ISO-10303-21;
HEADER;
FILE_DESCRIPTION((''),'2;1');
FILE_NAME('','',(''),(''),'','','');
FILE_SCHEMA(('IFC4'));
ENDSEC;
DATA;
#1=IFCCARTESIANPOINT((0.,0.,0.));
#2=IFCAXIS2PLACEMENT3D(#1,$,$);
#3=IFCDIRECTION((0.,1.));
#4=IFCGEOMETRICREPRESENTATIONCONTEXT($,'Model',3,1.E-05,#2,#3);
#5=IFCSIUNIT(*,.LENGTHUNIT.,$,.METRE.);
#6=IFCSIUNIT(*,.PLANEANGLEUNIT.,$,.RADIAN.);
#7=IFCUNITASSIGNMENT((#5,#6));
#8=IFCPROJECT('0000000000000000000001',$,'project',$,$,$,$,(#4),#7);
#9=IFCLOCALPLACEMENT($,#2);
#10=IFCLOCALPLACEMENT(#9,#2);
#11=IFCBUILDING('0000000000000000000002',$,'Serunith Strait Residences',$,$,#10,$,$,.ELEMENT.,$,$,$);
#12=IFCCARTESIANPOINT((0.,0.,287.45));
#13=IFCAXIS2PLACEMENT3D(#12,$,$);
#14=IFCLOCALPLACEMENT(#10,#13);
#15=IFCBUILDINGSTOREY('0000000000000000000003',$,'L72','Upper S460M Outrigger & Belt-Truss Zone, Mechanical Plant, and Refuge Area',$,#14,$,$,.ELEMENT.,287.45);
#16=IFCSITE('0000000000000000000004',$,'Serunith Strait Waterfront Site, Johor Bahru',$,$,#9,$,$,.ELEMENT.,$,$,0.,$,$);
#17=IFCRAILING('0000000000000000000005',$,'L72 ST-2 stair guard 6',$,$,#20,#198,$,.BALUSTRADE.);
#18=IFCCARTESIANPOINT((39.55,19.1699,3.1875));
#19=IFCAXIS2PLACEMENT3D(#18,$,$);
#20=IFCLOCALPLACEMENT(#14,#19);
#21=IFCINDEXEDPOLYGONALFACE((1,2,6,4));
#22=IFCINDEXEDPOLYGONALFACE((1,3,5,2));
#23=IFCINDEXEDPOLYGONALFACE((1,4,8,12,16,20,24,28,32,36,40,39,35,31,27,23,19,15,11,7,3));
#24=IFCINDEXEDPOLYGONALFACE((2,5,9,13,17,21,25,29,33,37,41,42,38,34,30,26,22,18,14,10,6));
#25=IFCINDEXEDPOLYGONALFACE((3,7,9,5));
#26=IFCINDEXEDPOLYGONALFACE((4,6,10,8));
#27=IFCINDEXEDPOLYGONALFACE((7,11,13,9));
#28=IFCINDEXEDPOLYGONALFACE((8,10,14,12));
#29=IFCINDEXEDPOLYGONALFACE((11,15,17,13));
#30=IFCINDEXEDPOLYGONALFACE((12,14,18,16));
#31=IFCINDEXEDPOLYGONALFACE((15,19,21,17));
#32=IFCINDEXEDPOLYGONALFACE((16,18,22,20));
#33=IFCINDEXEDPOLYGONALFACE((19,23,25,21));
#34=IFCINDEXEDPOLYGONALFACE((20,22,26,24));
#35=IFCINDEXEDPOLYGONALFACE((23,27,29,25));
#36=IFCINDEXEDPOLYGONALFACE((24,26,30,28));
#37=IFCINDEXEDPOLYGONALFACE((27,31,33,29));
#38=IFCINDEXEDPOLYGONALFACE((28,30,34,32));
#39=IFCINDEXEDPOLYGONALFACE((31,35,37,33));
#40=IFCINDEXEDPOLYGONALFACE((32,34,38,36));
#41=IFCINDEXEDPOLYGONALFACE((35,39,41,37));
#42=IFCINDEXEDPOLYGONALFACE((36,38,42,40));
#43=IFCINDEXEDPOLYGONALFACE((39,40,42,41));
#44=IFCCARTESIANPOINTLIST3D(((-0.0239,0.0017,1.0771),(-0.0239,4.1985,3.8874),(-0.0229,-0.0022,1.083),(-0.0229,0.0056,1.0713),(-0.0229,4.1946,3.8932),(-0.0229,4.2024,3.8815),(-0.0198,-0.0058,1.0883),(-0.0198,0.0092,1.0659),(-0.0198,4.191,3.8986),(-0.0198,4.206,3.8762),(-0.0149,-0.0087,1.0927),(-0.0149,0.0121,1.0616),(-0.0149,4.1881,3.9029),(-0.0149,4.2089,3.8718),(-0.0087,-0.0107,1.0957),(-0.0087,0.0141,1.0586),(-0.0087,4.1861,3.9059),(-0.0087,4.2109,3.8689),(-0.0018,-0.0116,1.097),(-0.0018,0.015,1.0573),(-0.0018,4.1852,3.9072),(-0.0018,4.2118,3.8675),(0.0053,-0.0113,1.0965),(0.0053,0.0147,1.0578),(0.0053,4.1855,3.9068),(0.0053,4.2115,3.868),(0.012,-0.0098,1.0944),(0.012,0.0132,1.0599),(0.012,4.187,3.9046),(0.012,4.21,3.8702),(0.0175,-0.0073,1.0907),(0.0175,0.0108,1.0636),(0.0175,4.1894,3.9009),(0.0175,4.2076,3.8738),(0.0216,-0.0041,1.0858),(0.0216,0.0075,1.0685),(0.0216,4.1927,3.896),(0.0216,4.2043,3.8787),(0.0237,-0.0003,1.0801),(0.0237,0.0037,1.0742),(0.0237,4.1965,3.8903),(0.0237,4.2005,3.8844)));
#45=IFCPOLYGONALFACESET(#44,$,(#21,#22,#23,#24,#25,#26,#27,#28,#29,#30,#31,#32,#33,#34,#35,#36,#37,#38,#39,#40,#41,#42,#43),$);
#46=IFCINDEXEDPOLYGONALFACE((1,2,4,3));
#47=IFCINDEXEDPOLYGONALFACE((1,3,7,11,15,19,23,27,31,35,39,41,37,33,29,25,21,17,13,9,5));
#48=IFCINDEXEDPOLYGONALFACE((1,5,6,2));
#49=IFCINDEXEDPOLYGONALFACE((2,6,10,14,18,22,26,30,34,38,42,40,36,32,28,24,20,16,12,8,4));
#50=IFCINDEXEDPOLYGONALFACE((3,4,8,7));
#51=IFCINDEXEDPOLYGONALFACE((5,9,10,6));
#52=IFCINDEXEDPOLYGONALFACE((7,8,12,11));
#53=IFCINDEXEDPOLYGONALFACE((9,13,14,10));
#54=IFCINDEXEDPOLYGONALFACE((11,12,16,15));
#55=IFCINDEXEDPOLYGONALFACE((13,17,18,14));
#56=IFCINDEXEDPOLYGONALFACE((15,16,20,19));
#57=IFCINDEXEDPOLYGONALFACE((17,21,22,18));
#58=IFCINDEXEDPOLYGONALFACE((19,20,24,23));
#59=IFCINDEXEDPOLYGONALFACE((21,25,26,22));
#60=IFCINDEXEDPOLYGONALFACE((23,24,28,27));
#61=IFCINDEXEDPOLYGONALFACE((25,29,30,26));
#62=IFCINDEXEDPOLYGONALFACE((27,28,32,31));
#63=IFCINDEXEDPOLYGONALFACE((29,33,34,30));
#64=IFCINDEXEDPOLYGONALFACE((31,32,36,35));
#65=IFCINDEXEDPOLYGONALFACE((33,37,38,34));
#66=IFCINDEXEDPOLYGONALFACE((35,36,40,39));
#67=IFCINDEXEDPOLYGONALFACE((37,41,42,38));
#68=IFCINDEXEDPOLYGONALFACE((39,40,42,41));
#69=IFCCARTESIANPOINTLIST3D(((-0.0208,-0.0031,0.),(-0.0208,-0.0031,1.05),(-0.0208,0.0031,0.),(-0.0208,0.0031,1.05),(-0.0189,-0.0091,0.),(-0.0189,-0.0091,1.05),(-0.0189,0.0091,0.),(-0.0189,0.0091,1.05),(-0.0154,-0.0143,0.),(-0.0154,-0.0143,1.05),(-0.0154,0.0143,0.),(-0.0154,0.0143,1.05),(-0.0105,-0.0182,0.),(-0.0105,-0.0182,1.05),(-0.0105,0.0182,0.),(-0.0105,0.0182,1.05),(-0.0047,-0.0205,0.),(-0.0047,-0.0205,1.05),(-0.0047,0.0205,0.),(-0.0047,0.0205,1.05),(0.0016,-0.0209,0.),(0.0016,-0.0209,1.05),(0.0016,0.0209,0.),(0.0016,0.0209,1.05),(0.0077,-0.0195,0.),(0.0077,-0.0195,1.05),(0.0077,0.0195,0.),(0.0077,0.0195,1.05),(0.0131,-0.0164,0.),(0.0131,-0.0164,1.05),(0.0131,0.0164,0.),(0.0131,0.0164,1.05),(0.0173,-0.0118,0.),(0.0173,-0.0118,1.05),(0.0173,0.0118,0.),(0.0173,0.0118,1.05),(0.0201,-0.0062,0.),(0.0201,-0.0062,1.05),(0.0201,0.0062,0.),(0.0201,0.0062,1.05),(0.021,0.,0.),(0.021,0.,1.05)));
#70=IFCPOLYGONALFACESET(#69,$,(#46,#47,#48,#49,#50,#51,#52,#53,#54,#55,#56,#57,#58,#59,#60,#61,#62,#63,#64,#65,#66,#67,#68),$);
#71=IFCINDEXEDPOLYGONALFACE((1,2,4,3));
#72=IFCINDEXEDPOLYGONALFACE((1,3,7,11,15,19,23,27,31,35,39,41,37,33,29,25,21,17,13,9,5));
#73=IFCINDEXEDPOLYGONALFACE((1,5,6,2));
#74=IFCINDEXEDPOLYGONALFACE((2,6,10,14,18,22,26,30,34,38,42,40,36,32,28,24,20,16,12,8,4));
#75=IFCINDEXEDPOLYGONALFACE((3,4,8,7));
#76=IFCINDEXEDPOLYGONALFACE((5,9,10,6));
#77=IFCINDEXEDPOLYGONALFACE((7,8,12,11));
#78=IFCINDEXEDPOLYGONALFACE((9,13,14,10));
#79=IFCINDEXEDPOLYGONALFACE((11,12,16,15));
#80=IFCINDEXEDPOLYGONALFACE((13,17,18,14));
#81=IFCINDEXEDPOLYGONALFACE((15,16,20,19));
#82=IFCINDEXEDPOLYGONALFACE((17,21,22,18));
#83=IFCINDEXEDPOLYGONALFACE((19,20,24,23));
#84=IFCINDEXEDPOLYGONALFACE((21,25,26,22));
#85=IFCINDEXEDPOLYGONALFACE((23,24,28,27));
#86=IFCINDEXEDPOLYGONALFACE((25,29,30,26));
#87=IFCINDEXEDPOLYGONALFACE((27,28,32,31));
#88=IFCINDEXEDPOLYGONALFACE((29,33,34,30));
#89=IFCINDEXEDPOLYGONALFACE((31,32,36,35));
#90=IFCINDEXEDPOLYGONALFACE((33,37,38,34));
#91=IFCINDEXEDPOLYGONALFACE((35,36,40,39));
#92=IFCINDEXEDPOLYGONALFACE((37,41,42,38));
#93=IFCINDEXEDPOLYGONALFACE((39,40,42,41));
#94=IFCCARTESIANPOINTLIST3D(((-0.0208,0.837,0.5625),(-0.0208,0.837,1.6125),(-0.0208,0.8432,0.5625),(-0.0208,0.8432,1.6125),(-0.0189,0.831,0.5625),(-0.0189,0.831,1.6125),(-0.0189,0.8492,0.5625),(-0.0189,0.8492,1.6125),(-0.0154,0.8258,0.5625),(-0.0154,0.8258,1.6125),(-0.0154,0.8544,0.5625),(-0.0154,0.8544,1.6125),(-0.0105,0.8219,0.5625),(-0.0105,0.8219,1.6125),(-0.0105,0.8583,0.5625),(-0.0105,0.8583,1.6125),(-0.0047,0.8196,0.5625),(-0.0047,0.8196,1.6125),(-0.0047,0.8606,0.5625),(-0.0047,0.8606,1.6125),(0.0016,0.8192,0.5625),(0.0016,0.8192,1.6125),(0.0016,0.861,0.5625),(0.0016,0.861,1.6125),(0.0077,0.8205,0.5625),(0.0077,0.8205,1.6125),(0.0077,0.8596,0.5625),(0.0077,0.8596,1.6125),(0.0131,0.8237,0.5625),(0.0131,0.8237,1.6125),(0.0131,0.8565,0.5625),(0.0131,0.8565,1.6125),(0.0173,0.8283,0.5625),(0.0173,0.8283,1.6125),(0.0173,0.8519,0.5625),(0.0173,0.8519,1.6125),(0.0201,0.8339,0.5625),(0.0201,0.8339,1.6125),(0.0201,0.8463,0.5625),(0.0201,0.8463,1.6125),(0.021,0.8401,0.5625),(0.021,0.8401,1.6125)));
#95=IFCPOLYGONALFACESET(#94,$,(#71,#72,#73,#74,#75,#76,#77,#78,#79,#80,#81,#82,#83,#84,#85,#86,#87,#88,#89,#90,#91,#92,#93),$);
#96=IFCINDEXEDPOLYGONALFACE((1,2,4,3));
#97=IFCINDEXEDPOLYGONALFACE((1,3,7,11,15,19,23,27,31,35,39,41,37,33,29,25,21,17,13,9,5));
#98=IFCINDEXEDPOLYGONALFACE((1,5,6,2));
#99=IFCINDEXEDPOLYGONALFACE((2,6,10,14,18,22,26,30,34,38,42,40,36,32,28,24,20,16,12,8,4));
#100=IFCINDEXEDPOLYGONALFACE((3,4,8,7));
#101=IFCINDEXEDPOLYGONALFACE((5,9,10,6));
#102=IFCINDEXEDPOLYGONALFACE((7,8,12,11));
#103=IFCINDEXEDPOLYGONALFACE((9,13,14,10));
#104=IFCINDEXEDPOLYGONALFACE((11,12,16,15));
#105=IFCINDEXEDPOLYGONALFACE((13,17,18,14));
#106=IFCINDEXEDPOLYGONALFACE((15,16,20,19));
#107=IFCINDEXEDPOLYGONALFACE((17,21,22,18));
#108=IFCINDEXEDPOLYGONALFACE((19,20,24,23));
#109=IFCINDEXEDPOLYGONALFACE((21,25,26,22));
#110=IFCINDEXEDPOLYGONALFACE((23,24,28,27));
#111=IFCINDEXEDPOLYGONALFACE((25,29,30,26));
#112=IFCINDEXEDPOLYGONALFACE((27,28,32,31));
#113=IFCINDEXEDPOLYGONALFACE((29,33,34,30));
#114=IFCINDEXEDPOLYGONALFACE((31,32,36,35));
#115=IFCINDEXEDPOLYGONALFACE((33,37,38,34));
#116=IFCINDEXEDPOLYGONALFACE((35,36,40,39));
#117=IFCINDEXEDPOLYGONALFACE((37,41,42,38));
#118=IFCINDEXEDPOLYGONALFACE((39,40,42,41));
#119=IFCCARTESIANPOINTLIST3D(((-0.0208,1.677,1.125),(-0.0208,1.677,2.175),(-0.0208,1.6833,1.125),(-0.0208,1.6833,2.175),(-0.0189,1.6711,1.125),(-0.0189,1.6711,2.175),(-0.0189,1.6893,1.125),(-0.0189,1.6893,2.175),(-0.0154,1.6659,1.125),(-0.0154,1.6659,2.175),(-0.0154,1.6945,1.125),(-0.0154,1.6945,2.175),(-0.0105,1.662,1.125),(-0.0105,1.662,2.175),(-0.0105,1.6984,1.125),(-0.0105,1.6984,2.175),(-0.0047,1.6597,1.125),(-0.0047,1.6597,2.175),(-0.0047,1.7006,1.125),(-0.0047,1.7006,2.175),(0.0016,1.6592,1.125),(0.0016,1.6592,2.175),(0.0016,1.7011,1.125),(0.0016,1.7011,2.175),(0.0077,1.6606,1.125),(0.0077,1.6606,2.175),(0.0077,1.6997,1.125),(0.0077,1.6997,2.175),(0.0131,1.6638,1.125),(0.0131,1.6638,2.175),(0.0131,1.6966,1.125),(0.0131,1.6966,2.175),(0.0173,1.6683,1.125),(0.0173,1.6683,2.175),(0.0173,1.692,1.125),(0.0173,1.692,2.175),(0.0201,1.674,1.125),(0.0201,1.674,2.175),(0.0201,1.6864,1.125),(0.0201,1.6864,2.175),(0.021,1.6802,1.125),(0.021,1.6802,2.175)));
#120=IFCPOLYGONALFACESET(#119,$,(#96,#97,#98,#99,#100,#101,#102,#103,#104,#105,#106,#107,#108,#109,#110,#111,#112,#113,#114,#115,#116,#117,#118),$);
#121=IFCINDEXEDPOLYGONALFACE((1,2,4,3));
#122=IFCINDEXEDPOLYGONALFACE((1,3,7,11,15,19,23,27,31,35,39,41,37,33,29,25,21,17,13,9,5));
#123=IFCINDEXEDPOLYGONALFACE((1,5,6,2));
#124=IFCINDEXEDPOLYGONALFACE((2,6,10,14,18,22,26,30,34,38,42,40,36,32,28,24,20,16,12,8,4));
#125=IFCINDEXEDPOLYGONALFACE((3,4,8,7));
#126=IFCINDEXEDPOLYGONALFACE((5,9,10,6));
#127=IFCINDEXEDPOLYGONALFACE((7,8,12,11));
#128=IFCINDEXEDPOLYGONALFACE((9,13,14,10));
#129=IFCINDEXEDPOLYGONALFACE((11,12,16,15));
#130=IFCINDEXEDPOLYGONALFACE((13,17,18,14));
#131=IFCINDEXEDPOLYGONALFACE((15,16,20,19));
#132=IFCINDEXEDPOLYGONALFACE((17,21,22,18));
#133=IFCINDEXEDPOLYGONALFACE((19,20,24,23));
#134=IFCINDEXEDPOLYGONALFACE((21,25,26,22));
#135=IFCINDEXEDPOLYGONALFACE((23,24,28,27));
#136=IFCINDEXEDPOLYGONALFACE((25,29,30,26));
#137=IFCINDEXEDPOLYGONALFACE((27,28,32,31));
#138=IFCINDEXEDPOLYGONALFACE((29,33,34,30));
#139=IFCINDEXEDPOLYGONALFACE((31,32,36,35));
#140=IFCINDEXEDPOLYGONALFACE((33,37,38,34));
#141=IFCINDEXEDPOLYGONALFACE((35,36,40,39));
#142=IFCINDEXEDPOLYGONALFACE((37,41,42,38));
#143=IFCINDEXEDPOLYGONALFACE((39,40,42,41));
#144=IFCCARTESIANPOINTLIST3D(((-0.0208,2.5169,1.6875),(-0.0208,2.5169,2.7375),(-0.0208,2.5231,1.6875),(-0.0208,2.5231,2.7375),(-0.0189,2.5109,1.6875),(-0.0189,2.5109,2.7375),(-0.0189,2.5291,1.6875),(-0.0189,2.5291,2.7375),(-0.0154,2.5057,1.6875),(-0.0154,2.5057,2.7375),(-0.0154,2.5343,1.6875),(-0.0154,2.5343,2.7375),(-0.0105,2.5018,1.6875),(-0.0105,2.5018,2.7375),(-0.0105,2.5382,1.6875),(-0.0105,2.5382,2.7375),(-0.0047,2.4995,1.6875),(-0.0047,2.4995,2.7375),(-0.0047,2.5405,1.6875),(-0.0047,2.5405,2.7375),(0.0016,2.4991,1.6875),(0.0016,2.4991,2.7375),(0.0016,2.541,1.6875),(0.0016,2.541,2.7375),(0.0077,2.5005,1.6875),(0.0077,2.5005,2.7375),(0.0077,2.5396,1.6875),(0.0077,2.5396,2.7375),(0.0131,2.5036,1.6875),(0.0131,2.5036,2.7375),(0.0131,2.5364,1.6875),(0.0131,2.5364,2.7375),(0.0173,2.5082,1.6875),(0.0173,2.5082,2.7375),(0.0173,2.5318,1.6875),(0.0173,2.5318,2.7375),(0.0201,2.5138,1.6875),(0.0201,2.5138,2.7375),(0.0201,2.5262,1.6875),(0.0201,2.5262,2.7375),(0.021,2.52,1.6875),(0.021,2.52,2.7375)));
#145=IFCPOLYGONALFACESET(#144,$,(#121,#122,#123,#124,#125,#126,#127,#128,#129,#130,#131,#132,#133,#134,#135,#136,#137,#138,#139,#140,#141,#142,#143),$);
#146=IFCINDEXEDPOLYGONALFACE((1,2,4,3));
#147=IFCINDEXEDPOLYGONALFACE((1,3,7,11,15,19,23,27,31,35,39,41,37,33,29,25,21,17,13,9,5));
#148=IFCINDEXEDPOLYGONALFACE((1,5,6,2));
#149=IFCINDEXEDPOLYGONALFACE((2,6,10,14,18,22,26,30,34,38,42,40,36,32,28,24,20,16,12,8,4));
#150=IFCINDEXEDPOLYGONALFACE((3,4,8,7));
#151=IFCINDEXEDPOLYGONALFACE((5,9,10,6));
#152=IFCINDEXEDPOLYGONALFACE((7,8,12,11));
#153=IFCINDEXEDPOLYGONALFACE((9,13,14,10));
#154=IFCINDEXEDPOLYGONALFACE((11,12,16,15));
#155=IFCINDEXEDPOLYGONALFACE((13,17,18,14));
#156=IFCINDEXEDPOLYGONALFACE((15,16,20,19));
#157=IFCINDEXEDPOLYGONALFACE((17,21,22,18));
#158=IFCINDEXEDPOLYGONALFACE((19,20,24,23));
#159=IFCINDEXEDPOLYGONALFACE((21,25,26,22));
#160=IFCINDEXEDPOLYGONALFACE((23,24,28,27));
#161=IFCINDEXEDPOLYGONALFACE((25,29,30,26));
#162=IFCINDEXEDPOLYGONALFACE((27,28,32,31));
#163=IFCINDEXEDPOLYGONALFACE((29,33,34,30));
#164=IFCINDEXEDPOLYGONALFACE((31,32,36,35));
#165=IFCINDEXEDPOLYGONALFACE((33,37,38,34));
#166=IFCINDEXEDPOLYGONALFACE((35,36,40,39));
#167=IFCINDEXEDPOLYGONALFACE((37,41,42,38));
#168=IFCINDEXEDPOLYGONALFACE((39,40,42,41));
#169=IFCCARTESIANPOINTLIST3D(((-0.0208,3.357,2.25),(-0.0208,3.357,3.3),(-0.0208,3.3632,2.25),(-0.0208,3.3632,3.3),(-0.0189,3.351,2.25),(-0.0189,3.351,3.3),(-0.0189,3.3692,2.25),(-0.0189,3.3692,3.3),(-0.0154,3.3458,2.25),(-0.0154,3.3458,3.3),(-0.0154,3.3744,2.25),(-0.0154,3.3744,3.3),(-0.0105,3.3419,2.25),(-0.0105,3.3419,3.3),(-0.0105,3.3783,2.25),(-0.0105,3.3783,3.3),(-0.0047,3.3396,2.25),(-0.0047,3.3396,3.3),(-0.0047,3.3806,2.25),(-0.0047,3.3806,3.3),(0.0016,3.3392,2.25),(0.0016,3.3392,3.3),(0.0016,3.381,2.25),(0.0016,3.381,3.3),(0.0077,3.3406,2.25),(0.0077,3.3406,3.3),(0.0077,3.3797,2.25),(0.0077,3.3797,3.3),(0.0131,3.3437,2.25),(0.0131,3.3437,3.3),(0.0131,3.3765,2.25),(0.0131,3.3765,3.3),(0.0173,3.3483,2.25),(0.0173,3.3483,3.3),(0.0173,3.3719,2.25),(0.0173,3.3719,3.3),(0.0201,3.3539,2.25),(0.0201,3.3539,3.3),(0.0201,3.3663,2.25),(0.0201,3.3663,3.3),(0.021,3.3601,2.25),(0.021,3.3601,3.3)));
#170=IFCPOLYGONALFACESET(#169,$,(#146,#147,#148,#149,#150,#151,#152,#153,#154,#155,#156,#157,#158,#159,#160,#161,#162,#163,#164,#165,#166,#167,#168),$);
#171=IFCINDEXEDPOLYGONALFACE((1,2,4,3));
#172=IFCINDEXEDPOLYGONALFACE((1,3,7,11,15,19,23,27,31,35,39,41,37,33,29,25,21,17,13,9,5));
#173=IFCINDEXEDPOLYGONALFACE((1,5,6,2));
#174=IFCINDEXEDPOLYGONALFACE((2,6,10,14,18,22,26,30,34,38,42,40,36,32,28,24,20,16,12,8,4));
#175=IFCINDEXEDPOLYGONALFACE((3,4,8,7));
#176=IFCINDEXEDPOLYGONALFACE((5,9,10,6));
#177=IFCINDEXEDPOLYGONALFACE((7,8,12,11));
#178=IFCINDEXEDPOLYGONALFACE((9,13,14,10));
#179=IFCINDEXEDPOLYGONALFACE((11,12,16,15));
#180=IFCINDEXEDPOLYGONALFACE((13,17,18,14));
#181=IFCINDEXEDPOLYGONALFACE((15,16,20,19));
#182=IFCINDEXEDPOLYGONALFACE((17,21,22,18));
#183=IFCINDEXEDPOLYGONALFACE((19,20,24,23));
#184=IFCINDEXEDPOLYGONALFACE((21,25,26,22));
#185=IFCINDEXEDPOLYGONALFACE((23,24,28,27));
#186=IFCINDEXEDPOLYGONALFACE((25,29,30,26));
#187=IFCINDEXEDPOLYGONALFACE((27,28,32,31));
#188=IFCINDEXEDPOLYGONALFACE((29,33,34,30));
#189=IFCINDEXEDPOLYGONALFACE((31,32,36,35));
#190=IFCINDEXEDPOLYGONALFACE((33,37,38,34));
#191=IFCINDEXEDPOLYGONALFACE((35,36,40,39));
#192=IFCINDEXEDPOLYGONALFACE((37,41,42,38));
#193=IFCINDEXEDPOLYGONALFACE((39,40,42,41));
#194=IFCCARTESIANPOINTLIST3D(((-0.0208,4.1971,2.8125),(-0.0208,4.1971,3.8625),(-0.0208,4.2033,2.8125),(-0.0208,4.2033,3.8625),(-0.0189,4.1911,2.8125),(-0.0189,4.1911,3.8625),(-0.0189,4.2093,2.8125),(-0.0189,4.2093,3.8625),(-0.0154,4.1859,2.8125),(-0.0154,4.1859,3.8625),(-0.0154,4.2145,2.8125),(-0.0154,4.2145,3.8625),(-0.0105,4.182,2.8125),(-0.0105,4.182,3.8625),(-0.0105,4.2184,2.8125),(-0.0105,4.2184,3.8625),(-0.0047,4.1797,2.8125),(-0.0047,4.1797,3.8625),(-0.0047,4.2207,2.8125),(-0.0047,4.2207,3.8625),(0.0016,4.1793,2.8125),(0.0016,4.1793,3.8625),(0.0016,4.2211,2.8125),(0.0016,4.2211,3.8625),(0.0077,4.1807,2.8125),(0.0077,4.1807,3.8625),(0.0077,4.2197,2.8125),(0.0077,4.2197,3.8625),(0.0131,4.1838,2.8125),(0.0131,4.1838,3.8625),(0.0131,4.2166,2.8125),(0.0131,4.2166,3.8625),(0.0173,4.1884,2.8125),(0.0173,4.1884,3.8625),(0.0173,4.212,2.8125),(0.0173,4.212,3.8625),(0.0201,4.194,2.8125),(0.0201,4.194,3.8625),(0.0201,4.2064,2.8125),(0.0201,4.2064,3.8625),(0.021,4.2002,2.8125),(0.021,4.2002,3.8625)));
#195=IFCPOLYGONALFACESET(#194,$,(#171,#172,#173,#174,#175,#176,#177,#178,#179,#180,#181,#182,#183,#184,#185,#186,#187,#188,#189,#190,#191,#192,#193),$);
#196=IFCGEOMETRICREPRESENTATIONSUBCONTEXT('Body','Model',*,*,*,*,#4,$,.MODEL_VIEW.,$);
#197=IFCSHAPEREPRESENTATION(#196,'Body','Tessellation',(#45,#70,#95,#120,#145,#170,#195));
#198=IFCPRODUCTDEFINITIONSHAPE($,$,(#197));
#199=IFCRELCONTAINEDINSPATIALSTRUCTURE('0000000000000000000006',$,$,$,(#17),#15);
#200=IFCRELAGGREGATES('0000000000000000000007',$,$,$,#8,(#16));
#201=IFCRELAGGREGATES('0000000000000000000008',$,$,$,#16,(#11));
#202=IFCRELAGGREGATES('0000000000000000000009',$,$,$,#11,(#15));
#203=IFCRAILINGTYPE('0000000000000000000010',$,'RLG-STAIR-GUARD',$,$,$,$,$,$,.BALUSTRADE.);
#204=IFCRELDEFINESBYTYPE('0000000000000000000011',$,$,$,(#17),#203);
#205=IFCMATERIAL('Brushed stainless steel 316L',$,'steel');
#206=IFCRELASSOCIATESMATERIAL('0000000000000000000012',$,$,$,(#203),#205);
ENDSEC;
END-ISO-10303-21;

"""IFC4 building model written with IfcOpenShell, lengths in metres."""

from ifc_helpers import new_model, si_unit, direction, frame, origin, origin_2d, place, context, subcontext, project, spatial, circle, extrude, material, type_object, element, save


model = new_model("IFC4")

# Units and contexts
model_context = context("Model", 3, precision=1e-05, world=origin(), true_north=direction((0.0, 1.0)))
body_context = subcontext(model_context, "Body", "Model", "MODEL_VIEW")
ifc_project = project(units=[si_unit("LENGTHUNIT", "METRE"), si_unit("PLANEANGLEUNIT", "RADIAN")], contexts=[model_context])

# Site, building, storey
site_placement = place(None, origin())
site = spatial("IfcSite", under=ifc_project, at=site_placement, Name="Serunith Strait Waterfront Site, Johor Bahru", CompositionType="ELEMENT", RefElevation=0.0)
building_placement = place(site_placement, origin())
building = spatial("IfcBuilding", under=site, at=building_placement, Name="Serunith Strait Residences", CompositionType="ELEMENT")
storey_placement = place(building_placement, frame((0.0, 0.0, 287.45)))
storey = spatial("IfcBuildingStorey", under=building, at=storey_placement, Name="L72", Description="Upper S460M Outrigger & Belt-Truss Zone, Mechanical Plant, and Refuge Area", CompositionType="ELEMENT", Elevation=287.45)

# Railing
ifc_material_1 = material(Name="Brushed stainless steel 316L", Category="steel")
railing_type_1 = type_object("IfcRailingType", Name="RLG-STAIR-GUARD", PredefinedType="BALUSTRADE", material=ifc_material_1)
railing_1_placement = place(storey_placement, frame((39.55, 19.1699, 3.1875)))
element("IfcRailing", 1, at=railing_1_placement, inside=storey, type_object=railing_type_1, Name="L72 ST-2 stair guard 6", PredefinedType="BALUSTRADE", context=body_context, shape_type="SweptSolid", body=[
    extrude(circle(Radius=0.0239, at=origin_2d()), frame((0.0, 0.0017, 1.0771), z_axis=(0.0, 0.830919, 0.556393), x_axis=(-1.0, 0.0, 0.0)), (0.0, 0.0, 1.0), 5.0508),
    extrude(circle(Radius=0.021, at=origin_2d()), origin(), (0.0, 0.0, 1.0), 1.05),
    extrude(circle(Radius=0.021, at=origin_2d()), frame((0.0, 0.8401, 0.5625)), (0.0, 0.0, 1.0), 1.05),
    extrude(circle(Radius=0.021, at=origin_2d()), frame((0.0, 1.6802, 1.125)), (0.0, 0.0, 1.0), 1.05),
    extrude(circle(Radius=0.021, at=origin_2d()), frame((0.0, 2.52, 1.6875)), (0.0, 0.0, 1.0), 1.05),
    extrude(circle(Radius=0.021, at=origin_2d()), frame((0.0, 3.3601, 2.25)), (0.0, 0.0, 1.0), 1.05),
    extrude(circle(Radius=0.021, at=origin_2d()), frame((0.0, 4.2002, 2.8125)), (0.0, 0.0, 1.0), 1.05),
])

save(model, "model.ifc")
